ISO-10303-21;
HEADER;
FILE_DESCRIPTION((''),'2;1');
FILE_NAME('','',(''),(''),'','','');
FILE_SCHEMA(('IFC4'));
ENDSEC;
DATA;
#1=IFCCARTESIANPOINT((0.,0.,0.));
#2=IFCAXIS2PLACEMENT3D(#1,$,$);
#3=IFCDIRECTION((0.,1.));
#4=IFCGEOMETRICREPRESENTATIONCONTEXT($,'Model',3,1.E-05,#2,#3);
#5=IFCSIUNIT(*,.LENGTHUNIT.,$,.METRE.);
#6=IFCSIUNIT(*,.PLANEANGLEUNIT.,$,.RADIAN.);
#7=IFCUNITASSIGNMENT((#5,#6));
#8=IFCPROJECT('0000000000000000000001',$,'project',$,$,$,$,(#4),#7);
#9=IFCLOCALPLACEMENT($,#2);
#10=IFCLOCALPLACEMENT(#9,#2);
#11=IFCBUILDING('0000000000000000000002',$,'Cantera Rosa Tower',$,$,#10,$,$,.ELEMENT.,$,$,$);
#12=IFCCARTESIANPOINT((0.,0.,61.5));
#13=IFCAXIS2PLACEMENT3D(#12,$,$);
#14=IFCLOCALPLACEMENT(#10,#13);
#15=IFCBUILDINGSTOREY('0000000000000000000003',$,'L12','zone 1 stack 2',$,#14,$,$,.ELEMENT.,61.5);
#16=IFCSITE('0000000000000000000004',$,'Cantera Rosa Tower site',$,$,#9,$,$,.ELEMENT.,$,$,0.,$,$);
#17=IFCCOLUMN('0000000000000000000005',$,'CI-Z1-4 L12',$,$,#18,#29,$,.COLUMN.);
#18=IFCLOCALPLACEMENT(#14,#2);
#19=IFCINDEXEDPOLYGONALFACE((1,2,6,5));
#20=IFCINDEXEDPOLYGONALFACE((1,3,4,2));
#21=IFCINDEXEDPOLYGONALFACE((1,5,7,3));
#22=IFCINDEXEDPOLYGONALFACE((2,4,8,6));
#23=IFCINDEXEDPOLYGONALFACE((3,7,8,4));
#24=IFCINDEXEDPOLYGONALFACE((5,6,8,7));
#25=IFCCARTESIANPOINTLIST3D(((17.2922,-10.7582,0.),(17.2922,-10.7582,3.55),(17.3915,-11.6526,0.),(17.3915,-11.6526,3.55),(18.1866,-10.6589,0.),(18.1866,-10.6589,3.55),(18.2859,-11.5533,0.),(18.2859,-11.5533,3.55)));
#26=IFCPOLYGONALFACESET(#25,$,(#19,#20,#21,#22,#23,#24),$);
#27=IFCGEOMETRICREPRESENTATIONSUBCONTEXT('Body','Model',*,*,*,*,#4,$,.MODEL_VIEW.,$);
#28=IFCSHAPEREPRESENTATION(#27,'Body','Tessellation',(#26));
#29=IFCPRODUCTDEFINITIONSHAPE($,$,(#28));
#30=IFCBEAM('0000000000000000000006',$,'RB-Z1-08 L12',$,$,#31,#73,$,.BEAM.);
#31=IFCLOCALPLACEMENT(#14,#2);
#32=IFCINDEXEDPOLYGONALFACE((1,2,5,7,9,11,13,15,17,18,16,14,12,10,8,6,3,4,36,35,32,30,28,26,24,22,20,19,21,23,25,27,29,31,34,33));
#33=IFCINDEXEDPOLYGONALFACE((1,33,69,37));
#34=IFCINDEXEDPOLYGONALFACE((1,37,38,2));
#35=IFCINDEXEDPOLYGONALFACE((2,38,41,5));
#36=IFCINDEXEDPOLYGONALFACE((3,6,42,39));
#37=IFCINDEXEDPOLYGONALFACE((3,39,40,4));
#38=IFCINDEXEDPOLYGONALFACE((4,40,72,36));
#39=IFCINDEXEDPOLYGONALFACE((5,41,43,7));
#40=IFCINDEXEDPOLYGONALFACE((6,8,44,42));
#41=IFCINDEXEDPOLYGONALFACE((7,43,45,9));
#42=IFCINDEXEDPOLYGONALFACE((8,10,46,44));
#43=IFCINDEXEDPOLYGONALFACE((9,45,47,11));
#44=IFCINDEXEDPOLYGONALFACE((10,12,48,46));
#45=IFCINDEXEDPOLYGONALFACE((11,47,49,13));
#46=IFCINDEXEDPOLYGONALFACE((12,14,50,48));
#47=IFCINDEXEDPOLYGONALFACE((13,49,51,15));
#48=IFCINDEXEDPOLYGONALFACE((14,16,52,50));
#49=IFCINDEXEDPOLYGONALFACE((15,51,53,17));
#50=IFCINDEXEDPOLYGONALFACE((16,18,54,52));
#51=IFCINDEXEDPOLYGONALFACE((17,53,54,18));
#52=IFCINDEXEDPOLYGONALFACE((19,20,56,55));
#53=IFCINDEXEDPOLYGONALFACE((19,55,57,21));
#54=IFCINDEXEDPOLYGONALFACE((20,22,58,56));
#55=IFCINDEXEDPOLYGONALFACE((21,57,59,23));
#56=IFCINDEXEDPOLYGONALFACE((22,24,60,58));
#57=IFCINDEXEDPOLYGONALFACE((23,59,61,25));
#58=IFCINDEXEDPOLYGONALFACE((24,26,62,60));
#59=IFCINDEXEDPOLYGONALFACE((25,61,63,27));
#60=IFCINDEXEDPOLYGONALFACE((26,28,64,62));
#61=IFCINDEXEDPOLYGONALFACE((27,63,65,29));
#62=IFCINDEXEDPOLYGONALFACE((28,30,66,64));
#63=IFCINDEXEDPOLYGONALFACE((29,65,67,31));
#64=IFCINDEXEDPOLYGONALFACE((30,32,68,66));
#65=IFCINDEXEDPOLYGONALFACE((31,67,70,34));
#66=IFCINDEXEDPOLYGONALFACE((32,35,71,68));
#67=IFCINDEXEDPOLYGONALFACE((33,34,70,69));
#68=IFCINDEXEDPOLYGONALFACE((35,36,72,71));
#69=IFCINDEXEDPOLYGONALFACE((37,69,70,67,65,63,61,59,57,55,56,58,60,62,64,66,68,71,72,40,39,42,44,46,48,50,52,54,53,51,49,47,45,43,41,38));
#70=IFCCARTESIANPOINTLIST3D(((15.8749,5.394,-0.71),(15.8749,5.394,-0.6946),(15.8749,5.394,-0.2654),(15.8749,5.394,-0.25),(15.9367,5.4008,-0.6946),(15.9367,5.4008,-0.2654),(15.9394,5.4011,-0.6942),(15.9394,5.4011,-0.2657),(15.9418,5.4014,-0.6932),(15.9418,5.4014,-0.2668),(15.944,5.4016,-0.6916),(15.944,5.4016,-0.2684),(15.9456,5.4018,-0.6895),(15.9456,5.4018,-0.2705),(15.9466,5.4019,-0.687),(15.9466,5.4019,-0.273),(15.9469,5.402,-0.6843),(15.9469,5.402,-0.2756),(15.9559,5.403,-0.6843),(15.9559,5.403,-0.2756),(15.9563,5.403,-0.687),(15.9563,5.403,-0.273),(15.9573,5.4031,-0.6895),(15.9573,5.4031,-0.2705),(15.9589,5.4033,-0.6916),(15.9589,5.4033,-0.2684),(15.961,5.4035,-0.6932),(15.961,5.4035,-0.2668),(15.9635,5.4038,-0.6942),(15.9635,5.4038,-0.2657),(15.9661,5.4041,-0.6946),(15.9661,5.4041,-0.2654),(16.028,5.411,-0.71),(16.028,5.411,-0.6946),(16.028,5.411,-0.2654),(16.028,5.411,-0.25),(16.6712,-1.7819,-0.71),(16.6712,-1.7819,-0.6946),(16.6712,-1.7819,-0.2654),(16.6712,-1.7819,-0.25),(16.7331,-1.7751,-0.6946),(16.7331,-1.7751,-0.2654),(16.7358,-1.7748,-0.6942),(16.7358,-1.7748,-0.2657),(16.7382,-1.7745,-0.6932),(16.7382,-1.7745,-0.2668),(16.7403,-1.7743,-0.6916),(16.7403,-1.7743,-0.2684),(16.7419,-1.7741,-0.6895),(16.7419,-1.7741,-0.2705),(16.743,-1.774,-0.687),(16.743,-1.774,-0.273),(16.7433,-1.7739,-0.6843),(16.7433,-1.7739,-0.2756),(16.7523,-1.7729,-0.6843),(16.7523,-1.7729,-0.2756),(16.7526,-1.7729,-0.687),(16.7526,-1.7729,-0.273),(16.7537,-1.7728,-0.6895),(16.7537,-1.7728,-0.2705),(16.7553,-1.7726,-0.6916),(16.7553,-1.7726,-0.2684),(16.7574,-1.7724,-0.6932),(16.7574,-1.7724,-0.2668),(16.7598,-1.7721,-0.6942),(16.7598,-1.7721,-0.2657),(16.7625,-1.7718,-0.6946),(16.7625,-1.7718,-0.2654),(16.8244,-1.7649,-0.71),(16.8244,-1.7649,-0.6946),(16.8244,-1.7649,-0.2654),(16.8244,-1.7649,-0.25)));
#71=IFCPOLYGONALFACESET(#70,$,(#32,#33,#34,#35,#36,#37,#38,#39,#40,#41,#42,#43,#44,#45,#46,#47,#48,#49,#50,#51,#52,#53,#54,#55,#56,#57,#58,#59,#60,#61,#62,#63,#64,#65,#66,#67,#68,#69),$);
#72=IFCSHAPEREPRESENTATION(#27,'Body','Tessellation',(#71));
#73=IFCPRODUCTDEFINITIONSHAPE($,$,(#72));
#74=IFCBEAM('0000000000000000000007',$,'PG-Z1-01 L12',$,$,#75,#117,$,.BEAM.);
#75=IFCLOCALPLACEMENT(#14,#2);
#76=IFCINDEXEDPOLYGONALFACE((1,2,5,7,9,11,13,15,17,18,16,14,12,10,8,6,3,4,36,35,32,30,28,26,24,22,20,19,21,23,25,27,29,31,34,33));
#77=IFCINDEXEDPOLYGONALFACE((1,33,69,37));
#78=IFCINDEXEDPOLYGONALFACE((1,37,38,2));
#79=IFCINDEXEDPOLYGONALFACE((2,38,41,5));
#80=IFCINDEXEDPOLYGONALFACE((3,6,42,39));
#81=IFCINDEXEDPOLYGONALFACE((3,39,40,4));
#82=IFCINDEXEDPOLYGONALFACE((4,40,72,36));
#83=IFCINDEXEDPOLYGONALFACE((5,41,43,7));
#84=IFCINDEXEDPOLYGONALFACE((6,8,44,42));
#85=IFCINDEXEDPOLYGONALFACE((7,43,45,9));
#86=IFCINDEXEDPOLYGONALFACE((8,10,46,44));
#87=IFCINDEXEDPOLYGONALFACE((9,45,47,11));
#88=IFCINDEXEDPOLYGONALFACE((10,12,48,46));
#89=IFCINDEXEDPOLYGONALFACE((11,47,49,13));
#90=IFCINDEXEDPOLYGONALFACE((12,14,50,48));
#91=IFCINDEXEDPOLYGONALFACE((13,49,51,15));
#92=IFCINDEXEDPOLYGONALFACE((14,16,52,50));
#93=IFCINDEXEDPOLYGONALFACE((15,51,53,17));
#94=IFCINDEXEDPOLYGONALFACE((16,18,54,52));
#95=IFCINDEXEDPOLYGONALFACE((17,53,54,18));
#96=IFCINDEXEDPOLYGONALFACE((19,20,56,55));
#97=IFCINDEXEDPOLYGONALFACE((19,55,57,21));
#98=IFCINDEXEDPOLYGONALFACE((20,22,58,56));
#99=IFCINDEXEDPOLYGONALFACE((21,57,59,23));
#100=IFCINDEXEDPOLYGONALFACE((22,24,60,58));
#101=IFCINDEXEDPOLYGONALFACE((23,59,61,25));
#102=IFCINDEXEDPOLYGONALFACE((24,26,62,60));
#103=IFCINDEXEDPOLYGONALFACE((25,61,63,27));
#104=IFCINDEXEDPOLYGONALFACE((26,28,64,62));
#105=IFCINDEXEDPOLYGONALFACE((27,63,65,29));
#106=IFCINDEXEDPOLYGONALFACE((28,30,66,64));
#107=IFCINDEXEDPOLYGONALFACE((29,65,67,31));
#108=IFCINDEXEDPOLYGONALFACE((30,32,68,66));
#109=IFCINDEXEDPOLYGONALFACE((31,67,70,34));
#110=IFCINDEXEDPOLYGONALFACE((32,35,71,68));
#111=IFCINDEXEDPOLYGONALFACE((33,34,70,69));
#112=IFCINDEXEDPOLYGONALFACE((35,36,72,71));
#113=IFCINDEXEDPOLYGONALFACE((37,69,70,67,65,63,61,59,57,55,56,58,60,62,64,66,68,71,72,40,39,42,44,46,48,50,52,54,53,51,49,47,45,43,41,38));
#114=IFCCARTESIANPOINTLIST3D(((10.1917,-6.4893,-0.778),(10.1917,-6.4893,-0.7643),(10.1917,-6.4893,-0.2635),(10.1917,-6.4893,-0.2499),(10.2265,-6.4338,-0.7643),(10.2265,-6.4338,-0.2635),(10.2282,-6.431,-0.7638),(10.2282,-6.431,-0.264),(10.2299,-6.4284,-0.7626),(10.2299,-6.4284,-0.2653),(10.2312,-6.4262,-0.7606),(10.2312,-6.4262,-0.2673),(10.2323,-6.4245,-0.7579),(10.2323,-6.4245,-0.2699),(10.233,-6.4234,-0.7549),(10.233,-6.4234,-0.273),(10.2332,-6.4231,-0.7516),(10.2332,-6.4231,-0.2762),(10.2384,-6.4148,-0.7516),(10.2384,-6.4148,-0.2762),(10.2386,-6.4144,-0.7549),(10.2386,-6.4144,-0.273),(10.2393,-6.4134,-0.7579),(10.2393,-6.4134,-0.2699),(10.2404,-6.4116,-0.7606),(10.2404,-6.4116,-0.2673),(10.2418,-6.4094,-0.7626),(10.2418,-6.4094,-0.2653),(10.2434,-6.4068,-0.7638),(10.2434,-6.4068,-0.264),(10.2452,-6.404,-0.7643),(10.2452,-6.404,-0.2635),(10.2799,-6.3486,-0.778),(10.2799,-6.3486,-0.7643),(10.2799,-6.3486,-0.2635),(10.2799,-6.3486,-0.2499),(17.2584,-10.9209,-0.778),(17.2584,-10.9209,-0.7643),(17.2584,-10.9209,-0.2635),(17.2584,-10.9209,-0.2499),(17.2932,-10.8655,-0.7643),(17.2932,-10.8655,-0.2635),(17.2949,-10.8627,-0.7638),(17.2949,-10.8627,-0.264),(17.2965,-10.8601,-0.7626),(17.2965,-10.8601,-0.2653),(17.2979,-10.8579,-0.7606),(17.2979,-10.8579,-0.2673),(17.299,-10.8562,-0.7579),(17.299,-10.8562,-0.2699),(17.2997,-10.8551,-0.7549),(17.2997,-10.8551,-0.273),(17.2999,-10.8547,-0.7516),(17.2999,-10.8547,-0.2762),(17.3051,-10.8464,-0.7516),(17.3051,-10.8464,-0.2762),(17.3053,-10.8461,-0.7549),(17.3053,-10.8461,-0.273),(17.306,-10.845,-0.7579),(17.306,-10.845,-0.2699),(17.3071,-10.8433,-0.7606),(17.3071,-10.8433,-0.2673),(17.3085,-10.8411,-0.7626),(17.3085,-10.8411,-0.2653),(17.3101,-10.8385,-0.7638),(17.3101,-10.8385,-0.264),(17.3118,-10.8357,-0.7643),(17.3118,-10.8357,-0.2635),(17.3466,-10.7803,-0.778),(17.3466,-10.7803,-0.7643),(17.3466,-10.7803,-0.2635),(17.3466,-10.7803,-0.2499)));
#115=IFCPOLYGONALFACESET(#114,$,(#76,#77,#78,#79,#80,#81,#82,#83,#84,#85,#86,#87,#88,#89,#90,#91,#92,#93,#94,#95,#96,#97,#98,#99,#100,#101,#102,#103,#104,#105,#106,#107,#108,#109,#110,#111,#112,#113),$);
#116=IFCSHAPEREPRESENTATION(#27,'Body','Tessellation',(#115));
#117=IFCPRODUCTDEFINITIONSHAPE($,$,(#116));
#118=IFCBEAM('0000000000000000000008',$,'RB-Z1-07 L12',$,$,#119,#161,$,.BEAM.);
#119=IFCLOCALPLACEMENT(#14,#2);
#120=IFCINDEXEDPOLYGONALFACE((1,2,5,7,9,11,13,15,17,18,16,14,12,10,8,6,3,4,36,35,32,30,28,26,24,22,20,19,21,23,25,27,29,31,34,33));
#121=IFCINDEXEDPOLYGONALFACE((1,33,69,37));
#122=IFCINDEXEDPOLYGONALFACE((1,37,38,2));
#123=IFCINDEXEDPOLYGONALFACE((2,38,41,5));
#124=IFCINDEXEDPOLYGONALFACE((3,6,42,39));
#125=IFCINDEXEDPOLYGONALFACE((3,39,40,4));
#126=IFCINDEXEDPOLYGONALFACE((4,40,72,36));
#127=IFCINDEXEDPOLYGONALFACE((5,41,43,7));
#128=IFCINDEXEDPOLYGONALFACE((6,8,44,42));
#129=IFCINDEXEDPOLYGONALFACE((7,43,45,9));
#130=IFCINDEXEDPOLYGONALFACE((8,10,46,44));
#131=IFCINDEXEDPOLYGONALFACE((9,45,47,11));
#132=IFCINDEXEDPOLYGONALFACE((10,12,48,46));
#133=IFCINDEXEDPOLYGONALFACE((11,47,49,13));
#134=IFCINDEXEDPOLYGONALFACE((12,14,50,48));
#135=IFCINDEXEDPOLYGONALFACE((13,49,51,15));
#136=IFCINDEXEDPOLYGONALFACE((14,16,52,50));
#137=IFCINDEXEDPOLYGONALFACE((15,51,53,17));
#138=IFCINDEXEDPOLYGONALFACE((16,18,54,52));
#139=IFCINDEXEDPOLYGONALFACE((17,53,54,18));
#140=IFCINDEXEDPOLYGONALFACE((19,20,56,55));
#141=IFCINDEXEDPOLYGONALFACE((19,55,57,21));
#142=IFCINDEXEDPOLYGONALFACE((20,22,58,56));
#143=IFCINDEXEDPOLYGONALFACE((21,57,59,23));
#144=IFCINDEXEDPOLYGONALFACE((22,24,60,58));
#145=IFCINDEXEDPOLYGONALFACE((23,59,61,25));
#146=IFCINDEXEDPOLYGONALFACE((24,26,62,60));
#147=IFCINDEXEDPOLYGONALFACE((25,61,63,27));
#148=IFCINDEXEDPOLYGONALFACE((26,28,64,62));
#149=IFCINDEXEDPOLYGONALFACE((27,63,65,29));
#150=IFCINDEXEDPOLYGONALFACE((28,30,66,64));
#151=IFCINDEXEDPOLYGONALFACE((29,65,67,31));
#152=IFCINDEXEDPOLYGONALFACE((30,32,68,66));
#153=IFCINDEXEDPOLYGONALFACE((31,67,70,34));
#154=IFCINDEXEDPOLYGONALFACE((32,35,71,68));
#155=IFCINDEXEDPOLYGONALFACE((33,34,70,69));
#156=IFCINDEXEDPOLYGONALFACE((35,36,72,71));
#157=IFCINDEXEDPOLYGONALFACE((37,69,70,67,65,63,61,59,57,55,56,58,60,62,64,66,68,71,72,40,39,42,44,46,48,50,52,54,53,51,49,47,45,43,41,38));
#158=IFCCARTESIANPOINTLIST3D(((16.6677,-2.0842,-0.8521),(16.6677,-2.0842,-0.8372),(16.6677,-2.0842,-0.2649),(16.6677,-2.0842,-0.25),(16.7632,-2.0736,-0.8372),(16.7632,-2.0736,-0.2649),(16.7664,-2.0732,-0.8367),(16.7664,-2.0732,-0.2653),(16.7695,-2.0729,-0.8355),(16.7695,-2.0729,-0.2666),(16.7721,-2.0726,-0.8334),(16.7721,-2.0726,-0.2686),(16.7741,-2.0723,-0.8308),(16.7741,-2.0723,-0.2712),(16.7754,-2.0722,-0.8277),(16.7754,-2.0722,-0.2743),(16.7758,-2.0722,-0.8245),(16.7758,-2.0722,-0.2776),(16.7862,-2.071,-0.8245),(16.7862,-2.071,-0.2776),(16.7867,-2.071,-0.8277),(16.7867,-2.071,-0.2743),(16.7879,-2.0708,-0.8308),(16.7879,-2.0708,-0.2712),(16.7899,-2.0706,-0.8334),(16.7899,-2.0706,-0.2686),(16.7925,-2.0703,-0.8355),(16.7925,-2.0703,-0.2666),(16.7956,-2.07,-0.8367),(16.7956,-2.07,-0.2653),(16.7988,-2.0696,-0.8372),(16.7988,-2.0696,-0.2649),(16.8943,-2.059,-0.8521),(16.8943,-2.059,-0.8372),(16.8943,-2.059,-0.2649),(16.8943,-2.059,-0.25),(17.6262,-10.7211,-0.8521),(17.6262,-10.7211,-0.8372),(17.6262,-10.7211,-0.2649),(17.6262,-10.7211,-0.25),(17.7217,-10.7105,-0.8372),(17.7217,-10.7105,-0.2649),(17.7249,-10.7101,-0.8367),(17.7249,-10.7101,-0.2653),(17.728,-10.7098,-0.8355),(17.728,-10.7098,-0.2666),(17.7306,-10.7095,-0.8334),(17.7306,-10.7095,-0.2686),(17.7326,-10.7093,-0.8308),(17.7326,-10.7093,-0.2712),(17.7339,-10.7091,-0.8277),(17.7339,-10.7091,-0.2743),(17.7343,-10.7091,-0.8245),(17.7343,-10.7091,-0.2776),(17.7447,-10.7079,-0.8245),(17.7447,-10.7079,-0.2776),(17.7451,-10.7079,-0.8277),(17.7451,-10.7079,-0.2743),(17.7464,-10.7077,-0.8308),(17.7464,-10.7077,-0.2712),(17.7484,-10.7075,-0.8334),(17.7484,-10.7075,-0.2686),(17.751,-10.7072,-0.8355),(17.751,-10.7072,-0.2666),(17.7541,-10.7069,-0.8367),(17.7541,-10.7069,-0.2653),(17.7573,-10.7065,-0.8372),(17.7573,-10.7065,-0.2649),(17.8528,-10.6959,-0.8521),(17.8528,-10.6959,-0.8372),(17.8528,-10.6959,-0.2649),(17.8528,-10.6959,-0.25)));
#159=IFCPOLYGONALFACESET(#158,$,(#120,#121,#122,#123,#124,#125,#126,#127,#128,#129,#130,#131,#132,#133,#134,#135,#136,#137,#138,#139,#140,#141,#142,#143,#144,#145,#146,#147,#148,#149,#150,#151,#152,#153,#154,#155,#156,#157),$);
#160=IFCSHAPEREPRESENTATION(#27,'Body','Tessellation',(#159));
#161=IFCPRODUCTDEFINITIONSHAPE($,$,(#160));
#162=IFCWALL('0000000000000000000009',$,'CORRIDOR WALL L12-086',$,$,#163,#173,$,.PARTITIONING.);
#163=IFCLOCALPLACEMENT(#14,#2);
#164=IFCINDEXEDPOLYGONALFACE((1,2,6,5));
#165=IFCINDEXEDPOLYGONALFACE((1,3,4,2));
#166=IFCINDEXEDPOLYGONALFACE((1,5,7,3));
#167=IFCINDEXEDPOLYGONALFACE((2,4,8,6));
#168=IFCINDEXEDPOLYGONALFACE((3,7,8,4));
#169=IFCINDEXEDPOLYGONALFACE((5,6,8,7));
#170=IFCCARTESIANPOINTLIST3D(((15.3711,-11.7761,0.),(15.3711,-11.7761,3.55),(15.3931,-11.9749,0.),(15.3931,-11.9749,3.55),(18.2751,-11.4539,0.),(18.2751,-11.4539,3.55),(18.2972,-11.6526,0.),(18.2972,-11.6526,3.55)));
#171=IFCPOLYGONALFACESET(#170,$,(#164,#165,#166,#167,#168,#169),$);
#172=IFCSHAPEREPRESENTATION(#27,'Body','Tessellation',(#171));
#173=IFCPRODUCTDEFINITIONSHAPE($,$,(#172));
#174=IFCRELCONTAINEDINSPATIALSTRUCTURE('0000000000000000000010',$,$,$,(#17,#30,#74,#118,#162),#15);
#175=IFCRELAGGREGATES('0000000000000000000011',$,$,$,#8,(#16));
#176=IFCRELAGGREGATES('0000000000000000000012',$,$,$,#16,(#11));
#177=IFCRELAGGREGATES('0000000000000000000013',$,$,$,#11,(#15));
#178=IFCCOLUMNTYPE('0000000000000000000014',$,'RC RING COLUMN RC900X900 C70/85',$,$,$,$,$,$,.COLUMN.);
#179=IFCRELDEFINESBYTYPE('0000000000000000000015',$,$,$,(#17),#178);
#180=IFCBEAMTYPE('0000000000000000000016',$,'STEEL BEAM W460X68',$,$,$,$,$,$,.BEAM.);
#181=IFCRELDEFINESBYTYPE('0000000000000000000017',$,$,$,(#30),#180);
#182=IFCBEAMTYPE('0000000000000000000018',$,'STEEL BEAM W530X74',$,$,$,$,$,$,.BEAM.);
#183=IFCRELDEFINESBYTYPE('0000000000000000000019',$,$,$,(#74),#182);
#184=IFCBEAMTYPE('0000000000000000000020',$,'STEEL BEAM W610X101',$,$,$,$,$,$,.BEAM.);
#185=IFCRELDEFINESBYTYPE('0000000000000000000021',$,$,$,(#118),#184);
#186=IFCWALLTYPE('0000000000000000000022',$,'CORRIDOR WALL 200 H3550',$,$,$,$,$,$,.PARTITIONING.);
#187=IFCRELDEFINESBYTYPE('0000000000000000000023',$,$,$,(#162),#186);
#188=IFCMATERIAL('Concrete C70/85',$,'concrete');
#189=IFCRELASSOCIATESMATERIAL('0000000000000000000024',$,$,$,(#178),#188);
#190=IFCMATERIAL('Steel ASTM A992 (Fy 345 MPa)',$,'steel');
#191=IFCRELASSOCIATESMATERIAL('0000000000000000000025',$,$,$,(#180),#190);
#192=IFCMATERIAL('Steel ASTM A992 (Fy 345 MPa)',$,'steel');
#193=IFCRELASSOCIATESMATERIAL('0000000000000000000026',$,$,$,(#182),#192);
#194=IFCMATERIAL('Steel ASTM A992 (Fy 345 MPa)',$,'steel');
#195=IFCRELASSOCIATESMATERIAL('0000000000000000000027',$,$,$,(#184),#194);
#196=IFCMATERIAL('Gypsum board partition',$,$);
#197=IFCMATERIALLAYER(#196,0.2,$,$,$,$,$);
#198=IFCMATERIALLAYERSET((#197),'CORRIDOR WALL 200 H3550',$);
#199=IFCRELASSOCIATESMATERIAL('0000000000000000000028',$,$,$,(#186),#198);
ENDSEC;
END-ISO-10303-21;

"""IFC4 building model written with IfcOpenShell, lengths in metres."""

from ifc_helpers import new_model, si_unit, direction, frame, frame_2d, origin, origin_2d, place, context, subcontext, project, spatial, rectangle, i_section, extrude, material, layer, layer_set, material_profile, profile_set, type_object, element, save


model = new_model("IFC4")

# Units and contexts
model_context = context("Model", 3, precision=1e-05, world=origin(), true_north=direction((0.0, 1.0)))
body_context = subcontext(model_context, "Body", "Model", "MODEL_VIEW")
ifc_project = project(units=[si_unit("LENGTHUNIT", "METRE"), si_unit("PLANEANGLEUNIT", "RADIAN")], contexts=[model_context])

# Site, building, storey
site_placement = place(None, origin())
site = spatial("IfcSite", under=ifc_project, at=site_placement, Name="Cantera Rosa Tower site", CompositionType="ELEMENT", RefElevation=0.0)
building_placement = place(site_placement, origin())
building = spatial("IfcBuilding", under=site, at=building_placement, Name="Cantera Rosa Tower", CompositionType="ELEMENT")
storey_placement = place(building_placement, frame((0.0, 0.0, 61.5)))
storey = spatial("IfcBuildingStorey", under=building, at=storey_placement, Name="L12", Description="zone 1 stack 2", CompositionType="ELEMENT", Elevation=61.5)

# Column
ifc_material_1 = material(Name="Concrete C70/85", Category="concrete")
ifc_material_profile_1 = material_profile(ifc_material_1, rectangle(XDim=0.8999, YDim=0.8999, at=origin_2d()), Name="RC RING COLUMN RC900X900 C70/85")
ifc_profile_set_1 = profile_set([ifc_material_profile_1], Name="Concrete C70/85")
column_type = type_object("IfcColumnType", Name="RC RING COLUMN RC900X900 C70/85", PredefinedType="COLUMN", material=ifc_profile_set_1)
column_placement = place(storey_placement, frame((17.7891, -11.1558, 0.0), z_axis=(0.0, 0.0, 1.0), x_axis=(0.993897, 0.110313, 0.0)))
element("IfcColumn", 1, at=column_placement, inside=storey, type_object=column_type, Name="CI-Z1-4 L12", PredefinedType="COLUMN", context=body_context, shape_type="SweptSolid", body=[
    extrude(rectangle(XDim=0.8999, YDim=0.8999, at=origin_2d()), origin(), (0.0, 0.0, 1.0), 3.55),
])

# Beams
ifc_material_2 = material(Name="Steel ASTM A992 (Fy 345 MPa)", Category="steel")
ifc_material_profile_2 = material_profile(ifc_material_2, i_section(OverallWidth=0.1541, OverallDepth=0.46, WebThickness=0.009, FlangeThickness=0.0154, FilletRadius=0.0103, at=origin_2d()), Name="W460X68")
ifc_profile_set_2 = profile_set([ifc_material_profile_2], Name="Steel ASTM A992 (Fy 345 MPa)")
beam_type_1 = type_object("IfcBeamType", Name="STEEL BEAM W460X68", PredefinedType="BEAM", material=ifc_profile_set_2)
beam_1_placement = place(storey_placement, frame((16.7478, -1.7734, -0.48), z_axis=(-0.110302, 0.993898, 0.0), x_axis=(-0.993898, -0.110302, 0.0)))
element("IfcBeam", 2, at=beam_1_placement, inside=storey, type_object=beam_type_1, Name="RB-Z1-08 L12", PredefinedType="BEAM", context=body_context, shape_type="SweptSolid", body=[
    extrude(i_section(OverallWidth=0.1541, OverallDepth=0.46, WebThickness=0.009, FlangeThickness=0.0154, FilletRadius=0.0103, at=origin_2d()), origin(), (0.0, 0.0, 1.0), 7.22),
])
ifc_material_3 = material(Name="Steel ASTM A992 (Fy 345 MPa)", Category="steel")
ifc_material_profile_3 = material_profile(ifc_material_3, i_section(OverallWidth=0.166, OverallDepth=0.5281, WebThickness=0.0098, FlangeThickness=0.0137, FilletRadius=0.0127, at=origin_2d()), Name="W530X74")
ifc_profile_set_3 = profile_set([ifc_material_profile_3], Name="Steel ASTM A992 (Fy 345 MPa)")
beam_type_2 = type_object("IfcBeamType", Name="STEEL BEAM W530X74", PredefinedType="BEAM", material=ifc_profile_set_3)
beam_2_placement = place(storey_placement, frame((17.3025, -10.8506, -0.5139), z_axis=(-0.84719, 0.53129, 0.0), x_axis=(-0.53129, -0.84719, 0.0)))
element("IfcBeam", 3, at=beam_2_placement, inside=storey, type_object=beam_type_2, Name="PG-Z1-01 L12", PredefinedType="BEAM", context=body_context, shape_type="SweptSolid", body=[
    extrude(i_section(OverallWidth=0.166, OverallDepth=0.5281, WebThickness=0.0098, FlangeThickness=0.0137, FilletRadius=0.0127, at=origin_2d()), origin(), (0.0, 0.0, 1.0), 8.3413),
])
ifc_material_4 = material(Name="Steel ASTM A992 (Fy 345 MPa)", Category="steel")
ifc_material_profile_4 = material_profile(ifc_material_4, i_section(OverallWidth=0.228, OverallDepth=0.6021, WebThickness=0.0105, FlangeThickness=0.0149, FilletRadius=0.0127, at=origin_2d()), Name="W610X101")
ifc_profile_set_4 = profile_set([ifc_material_profile_4], Name="Steel ASTM A992 (Fy 345 MPa)")
beam_type_3 = type_object("IfcBeamType", Name="STEEL BEAM W610X101", PredefinedType="BEAM", material=ifc_profile_set_4)
beam_3_placement = place(storey_placement, frame((17.7395, -10.7085, -0.551), z_axis=(-0.110299, 0.993898, 0.0), x_axis=(-0.993898, -0.110299, 0.0)))
element("IfcBeam", 4, at=beam_3_placement, inside=storey, type_object=beam_type_3, Name="RB-Z1-07 L12", PredefinedType="BEAM", context=body_context, shape_type="SweptSolid", body=[
    extrude(i_section(OverallWidth=0.228, OverallDepth=0.6021, WebThickness=0.0105, FlangeThickness=0.0149, FilletRadius=0.0127, at=origin_2d()), origin(), (0.0, 0.0, 1.0), 8.6899),
])

# Wall
ifc_material_5 = material(Name="Gypsum board partition")
ifc_layer_1 = layer(ifc_material_5, 0.2)
ifc_layer_set_1 = layer_set([ifc_layer_1], Name="CORRIDOR WALL 200 H3550")
wall_type_1 = type_object("IfcWallType", Name="CORRIDOR WALL 200 H3550", PredefinedType="PARTITIONING", material=ifc_layer_set_1)
wall_1_placement = place(storey_placement, frame((15.3821, -11.8755, 0.0), z_axis=(0.0, 0.0, 1.0), x_axis=(0.993899, 0.110294, 0.0)))
element("IfcWall", 5, at=wall_1_placement, inside=storey, type_object=wall_type_1, Name="CORRIDOR WALL L12-086", PredefinedType="PARTITIONING", context=body_context, shape_type="SweptSolid", body=[
    extrude(rectangle(XDim=2.9219, YDim=0.2, at=frame_2d((1.4609, 0.0))), origin(), (0.0, 0.0, 1.0), 3.55),
])

save(model, "model.ifc")
